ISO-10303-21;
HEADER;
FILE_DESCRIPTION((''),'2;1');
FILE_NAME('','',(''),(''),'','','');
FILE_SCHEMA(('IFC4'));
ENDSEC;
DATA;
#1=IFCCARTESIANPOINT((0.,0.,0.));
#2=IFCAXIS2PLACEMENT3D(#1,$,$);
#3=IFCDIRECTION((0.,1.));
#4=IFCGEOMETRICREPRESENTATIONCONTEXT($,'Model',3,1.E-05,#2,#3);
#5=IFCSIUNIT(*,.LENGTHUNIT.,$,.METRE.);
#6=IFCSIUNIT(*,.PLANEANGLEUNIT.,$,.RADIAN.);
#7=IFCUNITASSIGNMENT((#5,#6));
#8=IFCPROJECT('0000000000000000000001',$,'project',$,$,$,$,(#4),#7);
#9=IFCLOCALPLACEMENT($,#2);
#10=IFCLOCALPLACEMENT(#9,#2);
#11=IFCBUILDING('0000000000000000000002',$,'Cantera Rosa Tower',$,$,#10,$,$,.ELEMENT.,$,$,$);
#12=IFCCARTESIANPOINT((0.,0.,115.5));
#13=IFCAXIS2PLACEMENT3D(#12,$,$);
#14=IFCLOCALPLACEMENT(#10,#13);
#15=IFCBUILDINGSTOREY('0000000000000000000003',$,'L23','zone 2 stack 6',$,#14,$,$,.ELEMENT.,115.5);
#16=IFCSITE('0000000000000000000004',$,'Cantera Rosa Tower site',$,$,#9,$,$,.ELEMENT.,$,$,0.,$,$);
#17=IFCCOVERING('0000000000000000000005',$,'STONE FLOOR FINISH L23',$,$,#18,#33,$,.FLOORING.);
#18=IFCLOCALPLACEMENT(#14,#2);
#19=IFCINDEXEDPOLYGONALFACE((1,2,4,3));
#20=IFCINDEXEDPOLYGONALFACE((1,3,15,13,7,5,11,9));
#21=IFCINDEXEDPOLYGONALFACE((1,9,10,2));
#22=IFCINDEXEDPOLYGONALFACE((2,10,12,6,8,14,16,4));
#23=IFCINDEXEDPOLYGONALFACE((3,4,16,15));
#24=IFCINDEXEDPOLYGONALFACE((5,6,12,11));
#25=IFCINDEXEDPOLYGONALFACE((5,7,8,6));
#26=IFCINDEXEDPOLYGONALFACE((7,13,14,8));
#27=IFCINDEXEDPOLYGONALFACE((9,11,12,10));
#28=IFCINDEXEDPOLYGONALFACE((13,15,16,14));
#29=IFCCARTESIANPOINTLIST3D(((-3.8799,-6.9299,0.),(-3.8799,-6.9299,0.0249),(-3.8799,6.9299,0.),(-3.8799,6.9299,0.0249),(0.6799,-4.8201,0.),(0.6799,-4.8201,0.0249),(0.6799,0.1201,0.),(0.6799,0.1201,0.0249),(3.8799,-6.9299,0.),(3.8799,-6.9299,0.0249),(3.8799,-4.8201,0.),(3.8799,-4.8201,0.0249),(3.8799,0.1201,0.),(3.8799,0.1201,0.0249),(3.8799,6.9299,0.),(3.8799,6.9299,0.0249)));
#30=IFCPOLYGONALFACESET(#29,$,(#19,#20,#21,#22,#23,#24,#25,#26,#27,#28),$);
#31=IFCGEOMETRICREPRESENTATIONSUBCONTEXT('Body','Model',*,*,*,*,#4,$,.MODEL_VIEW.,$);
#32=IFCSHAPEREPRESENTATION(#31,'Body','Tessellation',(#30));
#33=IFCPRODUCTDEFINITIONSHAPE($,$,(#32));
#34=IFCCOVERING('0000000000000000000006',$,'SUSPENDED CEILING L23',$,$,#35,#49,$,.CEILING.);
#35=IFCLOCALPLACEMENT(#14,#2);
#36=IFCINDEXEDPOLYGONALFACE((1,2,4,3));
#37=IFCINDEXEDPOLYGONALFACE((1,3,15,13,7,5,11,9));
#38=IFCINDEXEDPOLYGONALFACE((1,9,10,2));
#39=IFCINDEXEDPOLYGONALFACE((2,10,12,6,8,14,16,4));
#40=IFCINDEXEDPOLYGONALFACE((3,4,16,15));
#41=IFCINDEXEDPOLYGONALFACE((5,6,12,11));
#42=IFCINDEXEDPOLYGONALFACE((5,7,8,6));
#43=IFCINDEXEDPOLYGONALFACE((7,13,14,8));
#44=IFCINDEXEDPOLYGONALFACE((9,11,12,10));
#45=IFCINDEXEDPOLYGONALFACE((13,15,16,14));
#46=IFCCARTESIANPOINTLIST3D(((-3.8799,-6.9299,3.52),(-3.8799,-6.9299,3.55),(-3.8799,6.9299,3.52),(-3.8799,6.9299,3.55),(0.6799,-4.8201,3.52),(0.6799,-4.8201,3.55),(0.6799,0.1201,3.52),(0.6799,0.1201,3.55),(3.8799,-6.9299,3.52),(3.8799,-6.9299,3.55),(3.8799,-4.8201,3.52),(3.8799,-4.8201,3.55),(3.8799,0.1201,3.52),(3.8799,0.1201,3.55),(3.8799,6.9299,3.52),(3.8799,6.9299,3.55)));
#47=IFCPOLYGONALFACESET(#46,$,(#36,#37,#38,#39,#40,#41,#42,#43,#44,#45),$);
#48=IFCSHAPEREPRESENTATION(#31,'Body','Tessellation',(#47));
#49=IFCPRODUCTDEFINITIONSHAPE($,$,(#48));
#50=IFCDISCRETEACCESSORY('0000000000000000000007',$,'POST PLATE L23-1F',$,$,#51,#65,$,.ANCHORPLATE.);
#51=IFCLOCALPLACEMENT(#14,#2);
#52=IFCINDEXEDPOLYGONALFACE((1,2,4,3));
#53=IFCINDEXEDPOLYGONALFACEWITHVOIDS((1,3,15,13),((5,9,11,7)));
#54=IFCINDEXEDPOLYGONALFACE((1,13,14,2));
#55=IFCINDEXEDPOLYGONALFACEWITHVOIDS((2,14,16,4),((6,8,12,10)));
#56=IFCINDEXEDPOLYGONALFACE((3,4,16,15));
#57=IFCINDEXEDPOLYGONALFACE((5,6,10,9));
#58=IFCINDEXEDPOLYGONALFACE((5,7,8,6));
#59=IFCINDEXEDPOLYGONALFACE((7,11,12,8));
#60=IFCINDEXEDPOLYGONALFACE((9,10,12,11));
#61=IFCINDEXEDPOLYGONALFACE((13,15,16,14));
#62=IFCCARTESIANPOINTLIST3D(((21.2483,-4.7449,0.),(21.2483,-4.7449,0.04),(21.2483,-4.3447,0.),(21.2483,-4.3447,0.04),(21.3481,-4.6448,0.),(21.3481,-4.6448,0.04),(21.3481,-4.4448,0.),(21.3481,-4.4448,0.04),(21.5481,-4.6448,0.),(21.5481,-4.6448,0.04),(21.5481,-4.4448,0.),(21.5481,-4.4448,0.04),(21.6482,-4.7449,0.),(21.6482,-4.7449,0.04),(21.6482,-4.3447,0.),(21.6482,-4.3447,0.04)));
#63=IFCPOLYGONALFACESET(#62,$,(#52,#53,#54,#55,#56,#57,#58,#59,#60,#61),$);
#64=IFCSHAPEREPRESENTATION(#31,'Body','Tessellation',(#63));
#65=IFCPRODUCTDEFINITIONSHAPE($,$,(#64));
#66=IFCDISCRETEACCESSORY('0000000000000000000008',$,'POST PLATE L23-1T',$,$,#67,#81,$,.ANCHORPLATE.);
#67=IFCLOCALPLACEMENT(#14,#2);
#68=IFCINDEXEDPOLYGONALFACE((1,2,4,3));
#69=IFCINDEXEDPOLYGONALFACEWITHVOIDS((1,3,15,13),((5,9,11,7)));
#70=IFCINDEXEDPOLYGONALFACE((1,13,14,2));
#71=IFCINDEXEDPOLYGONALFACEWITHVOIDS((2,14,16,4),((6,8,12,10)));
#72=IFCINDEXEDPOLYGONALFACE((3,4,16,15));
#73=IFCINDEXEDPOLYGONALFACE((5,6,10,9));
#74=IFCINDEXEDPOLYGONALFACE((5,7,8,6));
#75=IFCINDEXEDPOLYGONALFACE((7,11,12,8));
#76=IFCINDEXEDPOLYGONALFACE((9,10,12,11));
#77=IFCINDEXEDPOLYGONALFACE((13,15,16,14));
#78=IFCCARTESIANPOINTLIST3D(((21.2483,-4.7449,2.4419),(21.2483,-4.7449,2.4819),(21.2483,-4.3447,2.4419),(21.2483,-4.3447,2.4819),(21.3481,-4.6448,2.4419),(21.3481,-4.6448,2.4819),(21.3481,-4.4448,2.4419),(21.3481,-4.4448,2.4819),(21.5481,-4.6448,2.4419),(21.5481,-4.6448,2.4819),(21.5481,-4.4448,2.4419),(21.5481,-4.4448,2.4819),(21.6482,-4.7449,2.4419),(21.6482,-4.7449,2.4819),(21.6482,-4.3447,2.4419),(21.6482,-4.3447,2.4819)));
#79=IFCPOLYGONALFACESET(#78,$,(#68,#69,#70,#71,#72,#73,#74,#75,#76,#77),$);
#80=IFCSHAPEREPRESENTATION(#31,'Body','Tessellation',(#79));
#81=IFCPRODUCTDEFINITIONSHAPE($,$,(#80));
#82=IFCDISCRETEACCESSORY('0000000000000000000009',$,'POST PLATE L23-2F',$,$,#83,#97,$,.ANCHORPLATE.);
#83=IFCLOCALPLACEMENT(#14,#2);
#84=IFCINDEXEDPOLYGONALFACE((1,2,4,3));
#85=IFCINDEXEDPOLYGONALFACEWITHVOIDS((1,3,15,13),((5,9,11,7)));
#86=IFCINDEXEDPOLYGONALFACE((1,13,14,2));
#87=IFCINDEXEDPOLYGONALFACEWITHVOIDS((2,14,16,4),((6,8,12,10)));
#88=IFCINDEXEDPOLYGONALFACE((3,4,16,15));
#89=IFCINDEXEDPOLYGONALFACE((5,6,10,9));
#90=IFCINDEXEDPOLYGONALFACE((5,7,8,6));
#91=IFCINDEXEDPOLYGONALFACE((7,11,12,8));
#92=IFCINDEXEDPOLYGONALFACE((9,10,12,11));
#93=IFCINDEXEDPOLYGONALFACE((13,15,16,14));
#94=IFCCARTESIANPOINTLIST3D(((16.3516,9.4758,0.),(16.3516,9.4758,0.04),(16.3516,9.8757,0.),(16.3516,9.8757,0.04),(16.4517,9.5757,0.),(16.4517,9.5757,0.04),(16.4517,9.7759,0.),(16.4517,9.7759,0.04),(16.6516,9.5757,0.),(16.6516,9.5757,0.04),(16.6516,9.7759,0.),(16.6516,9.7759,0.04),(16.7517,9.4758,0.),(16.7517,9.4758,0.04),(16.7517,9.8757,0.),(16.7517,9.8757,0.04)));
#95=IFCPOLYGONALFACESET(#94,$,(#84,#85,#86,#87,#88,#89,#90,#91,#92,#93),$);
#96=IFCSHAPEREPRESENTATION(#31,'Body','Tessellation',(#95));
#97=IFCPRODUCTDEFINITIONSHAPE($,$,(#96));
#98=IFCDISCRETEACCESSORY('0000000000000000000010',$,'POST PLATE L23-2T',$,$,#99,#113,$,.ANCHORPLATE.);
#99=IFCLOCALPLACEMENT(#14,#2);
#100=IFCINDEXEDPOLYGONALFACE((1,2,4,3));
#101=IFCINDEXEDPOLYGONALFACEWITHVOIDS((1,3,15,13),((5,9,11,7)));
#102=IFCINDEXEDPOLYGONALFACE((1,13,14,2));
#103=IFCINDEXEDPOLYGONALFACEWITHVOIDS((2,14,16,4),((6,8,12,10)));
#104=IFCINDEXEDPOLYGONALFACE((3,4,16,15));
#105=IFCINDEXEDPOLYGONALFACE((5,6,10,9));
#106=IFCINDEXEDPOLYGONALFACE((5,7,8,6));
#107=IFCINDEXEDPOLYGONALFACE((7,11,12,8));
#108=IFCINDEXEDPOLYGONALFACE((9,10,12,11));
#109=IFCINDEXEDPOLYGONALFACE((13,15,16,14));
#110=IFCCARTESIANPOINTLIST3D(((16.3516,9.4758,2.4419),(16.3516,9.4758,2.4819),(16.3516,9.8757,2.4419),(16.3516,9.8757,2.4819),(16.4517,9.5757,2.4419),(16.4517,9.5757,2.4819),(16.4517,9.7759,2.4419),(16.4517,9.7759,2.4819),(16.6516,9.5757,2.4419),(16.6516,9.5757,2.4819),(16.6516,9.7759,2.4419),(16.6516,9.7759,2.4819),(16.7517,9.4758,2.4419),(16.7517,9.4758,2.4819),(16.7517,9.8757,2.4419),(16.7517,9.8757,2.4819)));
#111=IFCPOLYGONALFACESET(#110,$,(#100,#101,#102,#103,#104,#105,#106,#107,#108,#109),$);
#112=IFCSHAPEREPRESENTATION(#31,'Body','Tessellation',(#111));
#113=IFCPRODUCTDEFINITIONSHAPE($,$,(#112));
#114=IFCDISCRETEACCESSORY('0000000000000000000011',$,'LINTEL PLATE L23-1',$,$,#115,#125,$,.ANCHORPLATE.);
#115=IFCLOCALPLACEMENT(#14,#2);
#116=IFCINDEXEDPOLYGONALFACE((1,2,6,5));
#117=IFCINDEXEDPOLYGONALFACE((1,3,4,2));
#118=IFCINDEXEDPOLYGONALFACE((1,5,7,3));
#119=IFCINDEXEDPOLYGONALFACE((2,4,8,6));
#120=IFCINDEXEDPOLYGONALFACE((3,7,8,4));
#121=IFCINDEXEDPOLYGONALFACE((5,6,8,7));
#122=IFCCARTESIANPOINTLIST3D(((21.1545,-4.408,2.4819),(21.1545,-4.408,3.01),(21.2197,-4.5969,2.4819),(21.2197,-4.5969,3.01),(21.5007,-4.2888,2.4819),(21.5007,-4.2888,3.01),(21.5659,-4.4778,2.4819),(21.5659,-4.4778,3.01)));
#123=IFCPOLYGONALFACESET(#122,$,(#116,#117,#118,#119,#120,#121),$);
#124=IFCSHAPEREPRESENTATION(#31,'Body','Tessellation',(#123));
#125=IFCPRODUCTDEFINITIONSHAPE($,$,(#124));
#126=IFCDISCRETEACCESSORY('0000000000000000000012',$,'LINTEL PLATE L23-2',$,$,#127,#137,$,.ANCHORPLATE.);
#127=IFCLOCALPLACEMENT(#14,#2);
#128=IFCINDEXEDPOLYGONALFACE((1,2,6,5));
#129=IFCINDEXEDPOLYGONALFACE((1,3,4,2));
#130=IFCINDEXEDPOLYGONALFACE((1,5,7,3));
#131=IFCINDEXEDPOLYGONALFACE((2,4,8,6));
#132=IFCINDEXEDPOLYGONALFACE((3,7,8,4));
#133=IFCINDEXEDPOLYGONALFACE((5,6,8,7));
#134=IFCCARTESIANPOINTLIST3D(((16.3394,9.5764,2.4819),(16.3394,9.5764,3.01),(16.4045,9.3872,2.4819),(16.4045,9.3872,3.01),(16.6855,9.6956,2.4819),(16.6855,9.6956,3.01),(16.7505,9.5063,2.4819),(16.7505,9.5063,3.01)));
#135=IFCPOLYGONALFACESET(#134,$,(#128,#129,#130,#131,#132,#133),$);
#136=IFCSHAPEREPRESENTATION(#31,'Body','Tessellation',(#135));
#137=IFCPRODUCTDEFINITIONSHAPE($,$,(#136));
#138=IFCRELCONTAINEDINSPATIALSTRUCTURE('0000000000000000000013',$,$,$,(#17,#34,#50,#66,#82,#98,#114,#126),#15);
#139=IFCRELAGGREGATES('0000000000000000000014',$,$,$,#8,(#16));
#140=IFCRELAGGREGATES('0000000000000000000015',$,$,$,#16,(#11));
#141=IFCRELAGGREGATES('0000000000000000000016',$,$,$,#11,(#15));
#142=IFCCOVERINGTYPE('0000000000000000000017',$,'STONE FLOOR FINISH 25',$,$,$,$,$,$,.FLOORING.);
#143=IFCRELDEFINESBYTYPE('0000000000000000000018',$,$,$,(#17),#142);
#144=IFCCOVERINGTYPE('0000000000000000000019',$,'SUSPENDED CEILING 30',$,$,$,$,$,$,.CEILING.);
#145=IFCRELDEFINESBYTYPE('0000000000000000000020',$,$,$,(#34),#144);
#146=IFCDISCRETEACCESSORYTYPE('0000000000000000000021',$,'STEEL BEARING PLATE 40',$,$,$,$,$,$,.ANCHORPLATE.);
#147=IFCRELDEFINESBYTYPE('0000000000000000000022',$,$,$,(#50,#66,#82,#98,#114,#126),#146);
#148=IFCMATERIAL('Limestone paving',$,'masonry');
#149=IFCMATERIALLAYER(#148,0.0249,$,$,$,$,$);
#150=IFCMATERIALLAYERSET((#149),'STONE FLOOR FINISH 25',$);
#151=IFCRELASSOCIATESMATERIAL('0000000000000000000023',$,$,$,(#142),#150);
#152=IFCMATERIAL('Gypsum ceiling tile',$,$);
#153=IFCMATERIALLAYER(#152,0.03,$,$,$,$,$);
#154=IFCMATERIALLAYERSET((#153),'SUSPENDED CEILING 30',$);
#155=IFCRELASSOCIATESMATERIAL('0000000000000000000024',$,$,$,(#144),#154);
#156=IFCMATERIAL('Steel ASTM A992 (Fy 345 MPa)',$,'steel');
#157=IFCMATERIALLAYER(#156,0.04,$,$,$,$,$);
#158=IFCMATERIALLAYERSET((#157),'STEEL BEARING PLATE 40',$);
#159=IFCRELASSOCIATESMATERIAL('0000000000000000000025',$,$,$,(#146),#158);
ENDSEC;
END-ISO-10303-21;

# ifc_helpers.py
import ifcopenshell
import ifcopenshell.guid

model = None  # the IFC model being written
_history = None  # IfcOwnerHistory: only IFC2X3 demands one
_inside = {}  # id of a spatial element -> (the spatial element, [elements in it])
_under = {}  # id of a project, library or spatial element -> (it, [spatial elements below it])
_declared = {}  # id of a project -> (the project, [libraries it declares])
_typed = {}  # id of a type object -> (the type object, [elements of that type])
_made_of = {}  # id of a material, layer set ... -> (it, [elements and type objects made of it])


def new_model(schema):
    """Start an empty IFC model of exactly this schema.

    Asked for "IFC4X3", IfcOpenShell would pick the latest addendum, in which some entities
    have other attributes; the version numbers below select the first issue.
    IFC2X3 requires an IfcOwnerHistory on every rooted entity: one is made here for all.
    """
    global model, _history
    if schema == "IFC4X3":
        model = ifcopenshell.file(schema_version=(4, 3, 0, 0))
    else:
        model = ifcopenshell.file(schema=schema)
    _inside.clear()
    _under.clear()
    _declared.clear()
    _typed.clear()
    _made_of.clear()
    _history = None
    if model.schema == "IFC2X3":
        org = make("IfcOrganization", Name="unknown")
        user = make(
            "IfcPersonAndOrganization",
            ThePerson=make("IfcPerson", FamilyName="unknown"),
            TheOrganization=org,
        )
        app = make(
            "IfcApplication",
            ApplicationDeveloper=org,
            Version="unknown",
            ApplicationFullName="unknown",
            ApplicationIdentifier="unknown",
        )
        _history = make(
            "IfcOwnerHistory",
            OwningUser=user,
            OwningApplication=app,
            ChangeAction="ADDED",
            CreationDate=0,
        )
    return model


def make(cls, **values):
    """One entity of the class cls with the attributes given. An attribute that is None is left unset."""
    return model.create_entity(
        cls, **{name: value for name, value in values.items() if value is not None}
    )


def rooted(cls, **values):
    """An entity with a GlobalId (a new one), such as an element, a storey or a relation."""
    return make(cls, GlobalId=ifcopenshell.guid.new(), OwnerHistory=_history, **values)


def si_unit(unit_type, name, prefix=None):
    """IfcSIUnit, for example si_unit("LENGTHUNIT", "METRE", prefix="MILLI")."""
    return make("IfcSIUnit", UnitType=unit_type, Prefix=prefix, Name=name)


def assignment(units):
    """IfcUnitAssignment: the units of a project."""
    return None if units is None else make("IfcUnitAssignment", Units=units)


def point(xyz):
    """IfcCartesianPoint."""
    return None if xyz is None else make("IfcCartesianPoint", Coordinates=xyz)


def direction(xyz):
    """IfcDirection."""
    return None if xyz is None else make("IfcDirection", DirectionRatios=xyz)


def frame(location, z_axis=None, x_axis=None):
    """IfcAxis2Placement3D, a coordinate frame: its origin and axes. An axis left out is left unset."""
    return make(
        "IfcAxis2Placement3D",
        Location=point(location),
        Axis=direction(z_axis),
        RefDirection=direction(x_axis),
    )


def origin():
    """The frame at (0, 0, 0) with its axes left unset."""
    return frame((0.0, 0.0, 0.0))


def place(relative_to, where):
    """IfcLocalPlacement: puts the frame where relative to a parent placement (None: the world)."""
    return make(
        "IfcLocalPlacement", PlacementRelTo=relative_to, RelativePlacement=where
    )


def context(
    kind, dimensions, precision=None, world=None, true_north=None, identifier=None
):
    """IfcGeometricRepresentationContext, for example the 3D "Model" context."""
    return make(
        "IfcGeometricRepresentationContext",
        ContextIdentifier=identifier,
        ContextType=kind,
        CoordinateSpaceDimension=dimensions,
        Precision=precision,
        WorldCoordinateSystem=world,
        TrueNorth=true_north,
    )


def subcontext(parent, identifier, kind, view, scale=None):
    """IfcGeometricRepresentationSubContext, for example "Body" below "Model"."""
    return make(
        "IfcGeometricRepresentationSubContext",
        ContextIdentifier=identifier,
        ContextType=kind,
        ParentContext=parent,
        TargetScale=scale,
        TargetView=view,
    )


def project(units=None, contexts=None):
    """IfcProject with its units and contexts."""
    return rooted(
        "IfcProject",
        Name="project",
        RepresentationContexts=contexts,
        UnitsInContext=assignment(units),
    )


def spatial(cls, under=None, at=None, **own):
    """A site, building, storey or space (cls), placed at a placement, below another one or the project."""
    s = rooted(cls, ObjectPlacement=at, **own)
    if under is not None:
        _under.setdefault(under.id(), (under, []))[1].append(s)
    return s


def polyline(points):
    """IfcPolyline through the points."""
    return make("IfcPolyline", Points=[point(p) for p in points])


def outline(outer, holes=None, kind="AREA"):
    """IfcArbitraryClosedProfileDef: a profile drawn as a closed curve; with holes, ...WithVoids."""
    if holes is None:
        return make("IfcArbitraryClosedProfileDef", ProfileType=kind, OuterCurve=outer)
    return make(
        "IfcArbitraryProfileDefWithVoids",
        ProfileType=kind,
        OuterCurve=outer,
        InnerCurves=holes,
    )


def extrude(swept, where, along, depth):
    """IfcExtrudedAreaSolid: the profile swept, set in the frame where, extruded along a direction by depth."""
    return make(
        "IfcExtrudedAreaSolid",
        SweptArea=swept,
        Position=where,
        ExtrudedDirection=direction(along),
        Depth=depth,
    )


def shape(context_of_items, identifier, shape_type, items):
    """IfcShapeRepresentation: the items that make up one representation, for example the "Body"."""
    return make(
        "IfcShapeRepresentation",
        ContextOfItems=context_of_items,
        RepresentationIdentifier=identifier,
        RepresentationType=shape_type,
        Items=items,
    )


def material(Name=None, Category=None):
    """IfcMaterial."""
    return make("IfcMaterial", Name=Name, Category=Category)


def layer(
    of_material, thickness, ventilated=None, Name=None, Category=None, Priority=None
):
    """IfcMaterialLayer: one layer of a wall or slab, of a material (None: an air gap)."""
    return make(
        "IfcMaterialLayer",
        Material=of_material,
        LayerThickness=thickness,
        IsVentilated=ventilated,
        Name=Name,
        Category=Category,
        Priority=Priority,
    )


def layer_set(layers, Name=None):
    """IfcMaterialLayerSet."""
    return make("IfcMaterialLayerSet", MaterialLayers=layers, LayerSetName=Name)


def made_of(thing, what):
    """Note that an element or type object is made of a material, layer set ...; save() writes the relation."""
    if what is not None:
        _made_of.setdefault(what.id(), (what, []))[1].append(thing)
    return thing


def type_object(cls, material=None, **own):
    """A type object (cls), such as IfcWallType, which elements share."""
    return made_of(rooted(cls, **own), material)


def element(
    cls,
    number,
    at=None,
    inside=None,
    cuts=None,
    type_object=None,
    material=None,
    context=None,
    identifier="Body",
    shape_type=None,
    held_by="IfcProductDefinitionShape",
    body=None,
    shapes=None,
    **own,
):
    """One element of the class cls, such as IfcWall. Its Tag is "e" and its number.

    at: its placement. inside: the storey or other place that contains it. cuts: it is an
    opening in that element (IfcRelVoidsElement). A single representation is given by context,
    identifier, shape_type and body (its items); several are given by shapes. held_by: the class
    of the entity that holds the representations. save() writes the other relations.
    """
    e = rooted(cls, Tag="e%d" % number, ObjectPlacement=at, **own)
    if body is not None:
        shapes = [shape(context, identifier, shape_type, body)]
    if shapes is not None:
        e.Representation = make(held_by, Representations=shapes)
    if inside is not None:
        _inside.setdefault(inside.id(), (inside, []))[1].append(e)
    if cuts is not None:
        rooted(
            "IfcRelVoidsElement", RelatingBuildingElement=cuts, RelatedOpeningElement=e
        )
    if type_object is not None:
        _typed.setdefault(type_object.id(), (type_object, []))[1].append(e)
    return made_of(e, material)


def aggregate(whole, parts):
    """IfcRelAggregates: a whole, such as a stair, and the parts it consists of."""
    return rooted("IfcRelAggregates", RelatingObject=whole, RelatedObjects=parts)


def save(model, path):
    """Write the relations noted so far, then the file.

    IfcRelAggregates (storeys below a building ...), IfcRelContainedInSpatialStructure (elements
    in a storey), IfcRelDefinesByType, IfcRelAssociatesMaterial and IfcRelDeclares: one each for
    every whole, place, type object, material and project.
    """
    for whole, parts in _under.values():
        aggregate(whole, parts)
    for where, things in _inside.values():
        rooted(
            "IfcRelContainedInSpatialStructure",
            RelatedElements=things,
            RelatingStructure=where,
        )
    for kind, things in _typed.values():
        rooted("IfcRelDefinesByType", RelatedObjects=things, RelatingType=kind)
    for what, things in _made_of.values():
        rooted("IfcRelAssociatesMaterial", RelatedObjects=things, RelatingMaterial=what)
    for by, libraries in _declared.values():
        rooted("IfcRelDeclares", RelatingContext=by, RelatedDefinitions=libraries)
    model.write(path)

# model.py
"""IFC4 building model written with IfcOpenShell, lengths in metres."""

from ifc_helpers import new_model, si_unit, direction, frame, origin, place, context, subcontext, project, spatial, polyline, outline, extrude, material, layer, layer_set, type_object, element, save


model = new_model("IFC4")

# Units and contexts
model_context = context("Model", 3, precision=1e-05, world=origin(), true_north=direction((0.0, 1.0)))
body_context = subcontext(model_context, "Body", "Model", "MODEL_VIEW")
ifc_project = project(units=[si_unit("LENGTHUNIT", "METRE"), si_unit("PLANEANGLEUNIT", "RADIAN")], contexts=[model_context])

# Site, building, storey
site_placement = place(None, origin())
site = spatial("IfcSite", under=ifc_project, at=site_placement, Name="Cantera Rosa Tower site", CompositionType="ELEMENT", RefElevation=0.0)
building_placement = place(site_placement, origin())
building = spatial("IfcBuilding", under=site, at=building_placement, Name="Cantera Rosa Tower", CompositionType="ELEMENT")
storey_placement = place(building_placement, frame((0.0, 0.0, 115.5)))
storey = spatial("IfcBuildingStorey", under=building, at=storey_placement, Name="L23", Description="zone 2 stack 6", CompositionType="ELEMENT", Elevation=115.5)

# Coverings
ifc_material_1 = material(Name="Limestone paving", Category="masonry")
ifc_layer_1 = layer(ifc_material_1, 0.0249)
ifc_layer_set_1 = layer_set([ifc_layer_1], Name="STONE FLOOR FINISH 25")
covering_type_1 = type_object("IfcCoveringType", Name="STONE FLOOR FINISH 25", PredefinedType="FLOORING", material=ifc_layer_set_1)
covering_1_placement = place(storey_placement, origin())
element("IfcCovering", 1, at=covering_1_placement, inside=storey, type_object=covering_type_1, Name="STONE FLOOR FINISH L23", PredefinedType="FLOORING", context=body_context, shape_type="SweptSolid", body=[
    extrude(outline(polyline([(3.8799, 6.9299), (3.8799, 0.1201), (0.6799, 0.1201), (0.6799, -4.8201), (3.8799, -4.8201), (3.8799, -6.9299), (-3.8799, -6.9299), (-3.8799, 6.9299), (3.8799, 6.9299)])), origin(), (0.0, 0.0, 1.0), 0.0249),
])
ifc_material_2 = material(Name="Gypsum ceiling tile")
ifc_layer_2 = layer(ifc_material_2, 0.03)
ifc_layer_set_2 = layer_set([ifc_layer_2], Name="SUSPENDED CEILING 30")
covering_type_2 = type_object("IfcCoveringType", Name="SUSPENDED CEILING 30", PredefinedType="CEILING", material=ifc_layer_set_2)
covering_2_placement = place(storey_placement, frame((0.0, 0.0, 3.52)))
element("IfcCovering", 2, at=covering_2_placement, inside=storey, type_object=covering_type_2, Name="SUSPENDED CEILING L23", PredefinedType="CEILING", context=body_context, shape_type="SweptSolid", body=[
    extrude(outline(polyline([(3.8799, 6.9299), (3.8799, 0.1201), (0.6799, 0.1201), (0.6799, -4.8201), (3.8799, -4.8201), (3.8799, -6.9299), (-3.8799, -6.9299), (-3.8799, 6.9299), (3.8799, 6.9299)])), origin(), (0.0, 0.0, 1.0), 0.03),
])

# Discrete accessories
ifc_material_3 = material(Name="Steel ASTM A992 (Fy 345 MPa)", Category="steel")
ifc_layer_3 = layer(ifc_material_3, 0.04)
ifc_layer_set_3 = layer_set([ifc_layer_3], Name="STEEL BEARING PLATE 40")
discrete_accessory_type = type_object("IfcDiscreteAccessoryType", Name="STEEL BEARING PLATE 40", PredefinedType="ANCHORPLATE", material=ifc_layer_set_3)
for number, where, name in (
    (3, (0.0, 0.0, 0.0), "POST PLATE L23-1F"),
    (4, (0.0, 0.0, 2.4419), "POST PLATE L23-1T"),
):
    element("IfcDiscreteAccessory", number, at=place(storey_placement, frame(where)), inside=storey, type_object=discrete_accessory_type, Name=name, PredefinedType="ANCHORPLATE", context=body_context, shape_type="SweptSolid", body=[
        extrude(outline(polyline([(21.2483, -4.7449), (21.6482, -4.7449), (21.6482, -4.3447), (21.2483, -4.3447), (21.2483, -4.7449)]), holes=[polyline([(21.3481, -4.6448), (21.5481, -4.6448), (21.5481, -4.4448), (21.3481, -4.4448), (21.3481, -4.6448)])]), origin(), (0.0, 0.0, 1.0), 0.04),
    ])
for number, where, name in (
    (5, (0.0, 0.0, 0.0), "POST PLATE L23-2F"),
    (6, (0.0, 0.0, 2.4419), "POST PLATE L23-2T"),
):
    element("IfcDiscreteAccessory", number, at=place(storey_placement, frame(where)), inside=storey, type_object=discrete_accessory_type, Name=name, PredefinedType="ANCHORPLATE", context=body_context, shape_type="SweptSolid", body=[
        extrude(outline(polyline([(16.3516, 9.4758), (16.7517, 9.4758), (16.7517, 9.8757), (16.3516, 9.8757), (16.3516, 9.4758)]), holes=[polyline([(16.4517, 9.5757), (16.6516, 9.5757), (16.6516, 9.7759), (16.4517, 9.7759), (16.4517, 9.5757)])]), origin(), (0.0, 0.0, 1.0), 0.04),
    ])
discrete_accessory_1_placement = place(storey_placement, frame((0.0, 0.0, 2.4819)))
element("IfcDiscreteAccessory", 7, at=discrete_accessory_1_placement, inside=storey, type_object=discrete_accessory_type, Name="LINTEL PLATE L23-1", PredefinedType="ANCHORPLATE", context=body_context, shape_type="SweptSolid", body=[
    extrude(outline(polyline([(21.1545, -4.408), (21.2197, -4.5969), (21.5659, -4.4778), (21.5007, -4.2888), (21.1545, -4.408)])), origin(), (0.0, 0.0, 1.0), 0.5281),
])
discrete_accessory_2_placement = place(storey_placement, frame((0.0, 0.0, 2.4819)))
element("IfcDiscreteAccessory", 8, at=discrete_accessory_2_placement, inside=storey, type_object=discrete_accessory_type, Name="LINTEL PLATE L23-2", PredefinedType="ANCHORPLATE", context=body_context, shape_type="SweptSolid", body=[
    extrude(outline(polyline([(16.7505, 9.5063), (16.6855, 9.6956), (16.3394, 9.5764), (16.4045, 9.3872), (16.7505, 9.5063)])), origin(), (0.0, 0.0, 1.0), 0.5281),
])

save(model, "model.ifc")
